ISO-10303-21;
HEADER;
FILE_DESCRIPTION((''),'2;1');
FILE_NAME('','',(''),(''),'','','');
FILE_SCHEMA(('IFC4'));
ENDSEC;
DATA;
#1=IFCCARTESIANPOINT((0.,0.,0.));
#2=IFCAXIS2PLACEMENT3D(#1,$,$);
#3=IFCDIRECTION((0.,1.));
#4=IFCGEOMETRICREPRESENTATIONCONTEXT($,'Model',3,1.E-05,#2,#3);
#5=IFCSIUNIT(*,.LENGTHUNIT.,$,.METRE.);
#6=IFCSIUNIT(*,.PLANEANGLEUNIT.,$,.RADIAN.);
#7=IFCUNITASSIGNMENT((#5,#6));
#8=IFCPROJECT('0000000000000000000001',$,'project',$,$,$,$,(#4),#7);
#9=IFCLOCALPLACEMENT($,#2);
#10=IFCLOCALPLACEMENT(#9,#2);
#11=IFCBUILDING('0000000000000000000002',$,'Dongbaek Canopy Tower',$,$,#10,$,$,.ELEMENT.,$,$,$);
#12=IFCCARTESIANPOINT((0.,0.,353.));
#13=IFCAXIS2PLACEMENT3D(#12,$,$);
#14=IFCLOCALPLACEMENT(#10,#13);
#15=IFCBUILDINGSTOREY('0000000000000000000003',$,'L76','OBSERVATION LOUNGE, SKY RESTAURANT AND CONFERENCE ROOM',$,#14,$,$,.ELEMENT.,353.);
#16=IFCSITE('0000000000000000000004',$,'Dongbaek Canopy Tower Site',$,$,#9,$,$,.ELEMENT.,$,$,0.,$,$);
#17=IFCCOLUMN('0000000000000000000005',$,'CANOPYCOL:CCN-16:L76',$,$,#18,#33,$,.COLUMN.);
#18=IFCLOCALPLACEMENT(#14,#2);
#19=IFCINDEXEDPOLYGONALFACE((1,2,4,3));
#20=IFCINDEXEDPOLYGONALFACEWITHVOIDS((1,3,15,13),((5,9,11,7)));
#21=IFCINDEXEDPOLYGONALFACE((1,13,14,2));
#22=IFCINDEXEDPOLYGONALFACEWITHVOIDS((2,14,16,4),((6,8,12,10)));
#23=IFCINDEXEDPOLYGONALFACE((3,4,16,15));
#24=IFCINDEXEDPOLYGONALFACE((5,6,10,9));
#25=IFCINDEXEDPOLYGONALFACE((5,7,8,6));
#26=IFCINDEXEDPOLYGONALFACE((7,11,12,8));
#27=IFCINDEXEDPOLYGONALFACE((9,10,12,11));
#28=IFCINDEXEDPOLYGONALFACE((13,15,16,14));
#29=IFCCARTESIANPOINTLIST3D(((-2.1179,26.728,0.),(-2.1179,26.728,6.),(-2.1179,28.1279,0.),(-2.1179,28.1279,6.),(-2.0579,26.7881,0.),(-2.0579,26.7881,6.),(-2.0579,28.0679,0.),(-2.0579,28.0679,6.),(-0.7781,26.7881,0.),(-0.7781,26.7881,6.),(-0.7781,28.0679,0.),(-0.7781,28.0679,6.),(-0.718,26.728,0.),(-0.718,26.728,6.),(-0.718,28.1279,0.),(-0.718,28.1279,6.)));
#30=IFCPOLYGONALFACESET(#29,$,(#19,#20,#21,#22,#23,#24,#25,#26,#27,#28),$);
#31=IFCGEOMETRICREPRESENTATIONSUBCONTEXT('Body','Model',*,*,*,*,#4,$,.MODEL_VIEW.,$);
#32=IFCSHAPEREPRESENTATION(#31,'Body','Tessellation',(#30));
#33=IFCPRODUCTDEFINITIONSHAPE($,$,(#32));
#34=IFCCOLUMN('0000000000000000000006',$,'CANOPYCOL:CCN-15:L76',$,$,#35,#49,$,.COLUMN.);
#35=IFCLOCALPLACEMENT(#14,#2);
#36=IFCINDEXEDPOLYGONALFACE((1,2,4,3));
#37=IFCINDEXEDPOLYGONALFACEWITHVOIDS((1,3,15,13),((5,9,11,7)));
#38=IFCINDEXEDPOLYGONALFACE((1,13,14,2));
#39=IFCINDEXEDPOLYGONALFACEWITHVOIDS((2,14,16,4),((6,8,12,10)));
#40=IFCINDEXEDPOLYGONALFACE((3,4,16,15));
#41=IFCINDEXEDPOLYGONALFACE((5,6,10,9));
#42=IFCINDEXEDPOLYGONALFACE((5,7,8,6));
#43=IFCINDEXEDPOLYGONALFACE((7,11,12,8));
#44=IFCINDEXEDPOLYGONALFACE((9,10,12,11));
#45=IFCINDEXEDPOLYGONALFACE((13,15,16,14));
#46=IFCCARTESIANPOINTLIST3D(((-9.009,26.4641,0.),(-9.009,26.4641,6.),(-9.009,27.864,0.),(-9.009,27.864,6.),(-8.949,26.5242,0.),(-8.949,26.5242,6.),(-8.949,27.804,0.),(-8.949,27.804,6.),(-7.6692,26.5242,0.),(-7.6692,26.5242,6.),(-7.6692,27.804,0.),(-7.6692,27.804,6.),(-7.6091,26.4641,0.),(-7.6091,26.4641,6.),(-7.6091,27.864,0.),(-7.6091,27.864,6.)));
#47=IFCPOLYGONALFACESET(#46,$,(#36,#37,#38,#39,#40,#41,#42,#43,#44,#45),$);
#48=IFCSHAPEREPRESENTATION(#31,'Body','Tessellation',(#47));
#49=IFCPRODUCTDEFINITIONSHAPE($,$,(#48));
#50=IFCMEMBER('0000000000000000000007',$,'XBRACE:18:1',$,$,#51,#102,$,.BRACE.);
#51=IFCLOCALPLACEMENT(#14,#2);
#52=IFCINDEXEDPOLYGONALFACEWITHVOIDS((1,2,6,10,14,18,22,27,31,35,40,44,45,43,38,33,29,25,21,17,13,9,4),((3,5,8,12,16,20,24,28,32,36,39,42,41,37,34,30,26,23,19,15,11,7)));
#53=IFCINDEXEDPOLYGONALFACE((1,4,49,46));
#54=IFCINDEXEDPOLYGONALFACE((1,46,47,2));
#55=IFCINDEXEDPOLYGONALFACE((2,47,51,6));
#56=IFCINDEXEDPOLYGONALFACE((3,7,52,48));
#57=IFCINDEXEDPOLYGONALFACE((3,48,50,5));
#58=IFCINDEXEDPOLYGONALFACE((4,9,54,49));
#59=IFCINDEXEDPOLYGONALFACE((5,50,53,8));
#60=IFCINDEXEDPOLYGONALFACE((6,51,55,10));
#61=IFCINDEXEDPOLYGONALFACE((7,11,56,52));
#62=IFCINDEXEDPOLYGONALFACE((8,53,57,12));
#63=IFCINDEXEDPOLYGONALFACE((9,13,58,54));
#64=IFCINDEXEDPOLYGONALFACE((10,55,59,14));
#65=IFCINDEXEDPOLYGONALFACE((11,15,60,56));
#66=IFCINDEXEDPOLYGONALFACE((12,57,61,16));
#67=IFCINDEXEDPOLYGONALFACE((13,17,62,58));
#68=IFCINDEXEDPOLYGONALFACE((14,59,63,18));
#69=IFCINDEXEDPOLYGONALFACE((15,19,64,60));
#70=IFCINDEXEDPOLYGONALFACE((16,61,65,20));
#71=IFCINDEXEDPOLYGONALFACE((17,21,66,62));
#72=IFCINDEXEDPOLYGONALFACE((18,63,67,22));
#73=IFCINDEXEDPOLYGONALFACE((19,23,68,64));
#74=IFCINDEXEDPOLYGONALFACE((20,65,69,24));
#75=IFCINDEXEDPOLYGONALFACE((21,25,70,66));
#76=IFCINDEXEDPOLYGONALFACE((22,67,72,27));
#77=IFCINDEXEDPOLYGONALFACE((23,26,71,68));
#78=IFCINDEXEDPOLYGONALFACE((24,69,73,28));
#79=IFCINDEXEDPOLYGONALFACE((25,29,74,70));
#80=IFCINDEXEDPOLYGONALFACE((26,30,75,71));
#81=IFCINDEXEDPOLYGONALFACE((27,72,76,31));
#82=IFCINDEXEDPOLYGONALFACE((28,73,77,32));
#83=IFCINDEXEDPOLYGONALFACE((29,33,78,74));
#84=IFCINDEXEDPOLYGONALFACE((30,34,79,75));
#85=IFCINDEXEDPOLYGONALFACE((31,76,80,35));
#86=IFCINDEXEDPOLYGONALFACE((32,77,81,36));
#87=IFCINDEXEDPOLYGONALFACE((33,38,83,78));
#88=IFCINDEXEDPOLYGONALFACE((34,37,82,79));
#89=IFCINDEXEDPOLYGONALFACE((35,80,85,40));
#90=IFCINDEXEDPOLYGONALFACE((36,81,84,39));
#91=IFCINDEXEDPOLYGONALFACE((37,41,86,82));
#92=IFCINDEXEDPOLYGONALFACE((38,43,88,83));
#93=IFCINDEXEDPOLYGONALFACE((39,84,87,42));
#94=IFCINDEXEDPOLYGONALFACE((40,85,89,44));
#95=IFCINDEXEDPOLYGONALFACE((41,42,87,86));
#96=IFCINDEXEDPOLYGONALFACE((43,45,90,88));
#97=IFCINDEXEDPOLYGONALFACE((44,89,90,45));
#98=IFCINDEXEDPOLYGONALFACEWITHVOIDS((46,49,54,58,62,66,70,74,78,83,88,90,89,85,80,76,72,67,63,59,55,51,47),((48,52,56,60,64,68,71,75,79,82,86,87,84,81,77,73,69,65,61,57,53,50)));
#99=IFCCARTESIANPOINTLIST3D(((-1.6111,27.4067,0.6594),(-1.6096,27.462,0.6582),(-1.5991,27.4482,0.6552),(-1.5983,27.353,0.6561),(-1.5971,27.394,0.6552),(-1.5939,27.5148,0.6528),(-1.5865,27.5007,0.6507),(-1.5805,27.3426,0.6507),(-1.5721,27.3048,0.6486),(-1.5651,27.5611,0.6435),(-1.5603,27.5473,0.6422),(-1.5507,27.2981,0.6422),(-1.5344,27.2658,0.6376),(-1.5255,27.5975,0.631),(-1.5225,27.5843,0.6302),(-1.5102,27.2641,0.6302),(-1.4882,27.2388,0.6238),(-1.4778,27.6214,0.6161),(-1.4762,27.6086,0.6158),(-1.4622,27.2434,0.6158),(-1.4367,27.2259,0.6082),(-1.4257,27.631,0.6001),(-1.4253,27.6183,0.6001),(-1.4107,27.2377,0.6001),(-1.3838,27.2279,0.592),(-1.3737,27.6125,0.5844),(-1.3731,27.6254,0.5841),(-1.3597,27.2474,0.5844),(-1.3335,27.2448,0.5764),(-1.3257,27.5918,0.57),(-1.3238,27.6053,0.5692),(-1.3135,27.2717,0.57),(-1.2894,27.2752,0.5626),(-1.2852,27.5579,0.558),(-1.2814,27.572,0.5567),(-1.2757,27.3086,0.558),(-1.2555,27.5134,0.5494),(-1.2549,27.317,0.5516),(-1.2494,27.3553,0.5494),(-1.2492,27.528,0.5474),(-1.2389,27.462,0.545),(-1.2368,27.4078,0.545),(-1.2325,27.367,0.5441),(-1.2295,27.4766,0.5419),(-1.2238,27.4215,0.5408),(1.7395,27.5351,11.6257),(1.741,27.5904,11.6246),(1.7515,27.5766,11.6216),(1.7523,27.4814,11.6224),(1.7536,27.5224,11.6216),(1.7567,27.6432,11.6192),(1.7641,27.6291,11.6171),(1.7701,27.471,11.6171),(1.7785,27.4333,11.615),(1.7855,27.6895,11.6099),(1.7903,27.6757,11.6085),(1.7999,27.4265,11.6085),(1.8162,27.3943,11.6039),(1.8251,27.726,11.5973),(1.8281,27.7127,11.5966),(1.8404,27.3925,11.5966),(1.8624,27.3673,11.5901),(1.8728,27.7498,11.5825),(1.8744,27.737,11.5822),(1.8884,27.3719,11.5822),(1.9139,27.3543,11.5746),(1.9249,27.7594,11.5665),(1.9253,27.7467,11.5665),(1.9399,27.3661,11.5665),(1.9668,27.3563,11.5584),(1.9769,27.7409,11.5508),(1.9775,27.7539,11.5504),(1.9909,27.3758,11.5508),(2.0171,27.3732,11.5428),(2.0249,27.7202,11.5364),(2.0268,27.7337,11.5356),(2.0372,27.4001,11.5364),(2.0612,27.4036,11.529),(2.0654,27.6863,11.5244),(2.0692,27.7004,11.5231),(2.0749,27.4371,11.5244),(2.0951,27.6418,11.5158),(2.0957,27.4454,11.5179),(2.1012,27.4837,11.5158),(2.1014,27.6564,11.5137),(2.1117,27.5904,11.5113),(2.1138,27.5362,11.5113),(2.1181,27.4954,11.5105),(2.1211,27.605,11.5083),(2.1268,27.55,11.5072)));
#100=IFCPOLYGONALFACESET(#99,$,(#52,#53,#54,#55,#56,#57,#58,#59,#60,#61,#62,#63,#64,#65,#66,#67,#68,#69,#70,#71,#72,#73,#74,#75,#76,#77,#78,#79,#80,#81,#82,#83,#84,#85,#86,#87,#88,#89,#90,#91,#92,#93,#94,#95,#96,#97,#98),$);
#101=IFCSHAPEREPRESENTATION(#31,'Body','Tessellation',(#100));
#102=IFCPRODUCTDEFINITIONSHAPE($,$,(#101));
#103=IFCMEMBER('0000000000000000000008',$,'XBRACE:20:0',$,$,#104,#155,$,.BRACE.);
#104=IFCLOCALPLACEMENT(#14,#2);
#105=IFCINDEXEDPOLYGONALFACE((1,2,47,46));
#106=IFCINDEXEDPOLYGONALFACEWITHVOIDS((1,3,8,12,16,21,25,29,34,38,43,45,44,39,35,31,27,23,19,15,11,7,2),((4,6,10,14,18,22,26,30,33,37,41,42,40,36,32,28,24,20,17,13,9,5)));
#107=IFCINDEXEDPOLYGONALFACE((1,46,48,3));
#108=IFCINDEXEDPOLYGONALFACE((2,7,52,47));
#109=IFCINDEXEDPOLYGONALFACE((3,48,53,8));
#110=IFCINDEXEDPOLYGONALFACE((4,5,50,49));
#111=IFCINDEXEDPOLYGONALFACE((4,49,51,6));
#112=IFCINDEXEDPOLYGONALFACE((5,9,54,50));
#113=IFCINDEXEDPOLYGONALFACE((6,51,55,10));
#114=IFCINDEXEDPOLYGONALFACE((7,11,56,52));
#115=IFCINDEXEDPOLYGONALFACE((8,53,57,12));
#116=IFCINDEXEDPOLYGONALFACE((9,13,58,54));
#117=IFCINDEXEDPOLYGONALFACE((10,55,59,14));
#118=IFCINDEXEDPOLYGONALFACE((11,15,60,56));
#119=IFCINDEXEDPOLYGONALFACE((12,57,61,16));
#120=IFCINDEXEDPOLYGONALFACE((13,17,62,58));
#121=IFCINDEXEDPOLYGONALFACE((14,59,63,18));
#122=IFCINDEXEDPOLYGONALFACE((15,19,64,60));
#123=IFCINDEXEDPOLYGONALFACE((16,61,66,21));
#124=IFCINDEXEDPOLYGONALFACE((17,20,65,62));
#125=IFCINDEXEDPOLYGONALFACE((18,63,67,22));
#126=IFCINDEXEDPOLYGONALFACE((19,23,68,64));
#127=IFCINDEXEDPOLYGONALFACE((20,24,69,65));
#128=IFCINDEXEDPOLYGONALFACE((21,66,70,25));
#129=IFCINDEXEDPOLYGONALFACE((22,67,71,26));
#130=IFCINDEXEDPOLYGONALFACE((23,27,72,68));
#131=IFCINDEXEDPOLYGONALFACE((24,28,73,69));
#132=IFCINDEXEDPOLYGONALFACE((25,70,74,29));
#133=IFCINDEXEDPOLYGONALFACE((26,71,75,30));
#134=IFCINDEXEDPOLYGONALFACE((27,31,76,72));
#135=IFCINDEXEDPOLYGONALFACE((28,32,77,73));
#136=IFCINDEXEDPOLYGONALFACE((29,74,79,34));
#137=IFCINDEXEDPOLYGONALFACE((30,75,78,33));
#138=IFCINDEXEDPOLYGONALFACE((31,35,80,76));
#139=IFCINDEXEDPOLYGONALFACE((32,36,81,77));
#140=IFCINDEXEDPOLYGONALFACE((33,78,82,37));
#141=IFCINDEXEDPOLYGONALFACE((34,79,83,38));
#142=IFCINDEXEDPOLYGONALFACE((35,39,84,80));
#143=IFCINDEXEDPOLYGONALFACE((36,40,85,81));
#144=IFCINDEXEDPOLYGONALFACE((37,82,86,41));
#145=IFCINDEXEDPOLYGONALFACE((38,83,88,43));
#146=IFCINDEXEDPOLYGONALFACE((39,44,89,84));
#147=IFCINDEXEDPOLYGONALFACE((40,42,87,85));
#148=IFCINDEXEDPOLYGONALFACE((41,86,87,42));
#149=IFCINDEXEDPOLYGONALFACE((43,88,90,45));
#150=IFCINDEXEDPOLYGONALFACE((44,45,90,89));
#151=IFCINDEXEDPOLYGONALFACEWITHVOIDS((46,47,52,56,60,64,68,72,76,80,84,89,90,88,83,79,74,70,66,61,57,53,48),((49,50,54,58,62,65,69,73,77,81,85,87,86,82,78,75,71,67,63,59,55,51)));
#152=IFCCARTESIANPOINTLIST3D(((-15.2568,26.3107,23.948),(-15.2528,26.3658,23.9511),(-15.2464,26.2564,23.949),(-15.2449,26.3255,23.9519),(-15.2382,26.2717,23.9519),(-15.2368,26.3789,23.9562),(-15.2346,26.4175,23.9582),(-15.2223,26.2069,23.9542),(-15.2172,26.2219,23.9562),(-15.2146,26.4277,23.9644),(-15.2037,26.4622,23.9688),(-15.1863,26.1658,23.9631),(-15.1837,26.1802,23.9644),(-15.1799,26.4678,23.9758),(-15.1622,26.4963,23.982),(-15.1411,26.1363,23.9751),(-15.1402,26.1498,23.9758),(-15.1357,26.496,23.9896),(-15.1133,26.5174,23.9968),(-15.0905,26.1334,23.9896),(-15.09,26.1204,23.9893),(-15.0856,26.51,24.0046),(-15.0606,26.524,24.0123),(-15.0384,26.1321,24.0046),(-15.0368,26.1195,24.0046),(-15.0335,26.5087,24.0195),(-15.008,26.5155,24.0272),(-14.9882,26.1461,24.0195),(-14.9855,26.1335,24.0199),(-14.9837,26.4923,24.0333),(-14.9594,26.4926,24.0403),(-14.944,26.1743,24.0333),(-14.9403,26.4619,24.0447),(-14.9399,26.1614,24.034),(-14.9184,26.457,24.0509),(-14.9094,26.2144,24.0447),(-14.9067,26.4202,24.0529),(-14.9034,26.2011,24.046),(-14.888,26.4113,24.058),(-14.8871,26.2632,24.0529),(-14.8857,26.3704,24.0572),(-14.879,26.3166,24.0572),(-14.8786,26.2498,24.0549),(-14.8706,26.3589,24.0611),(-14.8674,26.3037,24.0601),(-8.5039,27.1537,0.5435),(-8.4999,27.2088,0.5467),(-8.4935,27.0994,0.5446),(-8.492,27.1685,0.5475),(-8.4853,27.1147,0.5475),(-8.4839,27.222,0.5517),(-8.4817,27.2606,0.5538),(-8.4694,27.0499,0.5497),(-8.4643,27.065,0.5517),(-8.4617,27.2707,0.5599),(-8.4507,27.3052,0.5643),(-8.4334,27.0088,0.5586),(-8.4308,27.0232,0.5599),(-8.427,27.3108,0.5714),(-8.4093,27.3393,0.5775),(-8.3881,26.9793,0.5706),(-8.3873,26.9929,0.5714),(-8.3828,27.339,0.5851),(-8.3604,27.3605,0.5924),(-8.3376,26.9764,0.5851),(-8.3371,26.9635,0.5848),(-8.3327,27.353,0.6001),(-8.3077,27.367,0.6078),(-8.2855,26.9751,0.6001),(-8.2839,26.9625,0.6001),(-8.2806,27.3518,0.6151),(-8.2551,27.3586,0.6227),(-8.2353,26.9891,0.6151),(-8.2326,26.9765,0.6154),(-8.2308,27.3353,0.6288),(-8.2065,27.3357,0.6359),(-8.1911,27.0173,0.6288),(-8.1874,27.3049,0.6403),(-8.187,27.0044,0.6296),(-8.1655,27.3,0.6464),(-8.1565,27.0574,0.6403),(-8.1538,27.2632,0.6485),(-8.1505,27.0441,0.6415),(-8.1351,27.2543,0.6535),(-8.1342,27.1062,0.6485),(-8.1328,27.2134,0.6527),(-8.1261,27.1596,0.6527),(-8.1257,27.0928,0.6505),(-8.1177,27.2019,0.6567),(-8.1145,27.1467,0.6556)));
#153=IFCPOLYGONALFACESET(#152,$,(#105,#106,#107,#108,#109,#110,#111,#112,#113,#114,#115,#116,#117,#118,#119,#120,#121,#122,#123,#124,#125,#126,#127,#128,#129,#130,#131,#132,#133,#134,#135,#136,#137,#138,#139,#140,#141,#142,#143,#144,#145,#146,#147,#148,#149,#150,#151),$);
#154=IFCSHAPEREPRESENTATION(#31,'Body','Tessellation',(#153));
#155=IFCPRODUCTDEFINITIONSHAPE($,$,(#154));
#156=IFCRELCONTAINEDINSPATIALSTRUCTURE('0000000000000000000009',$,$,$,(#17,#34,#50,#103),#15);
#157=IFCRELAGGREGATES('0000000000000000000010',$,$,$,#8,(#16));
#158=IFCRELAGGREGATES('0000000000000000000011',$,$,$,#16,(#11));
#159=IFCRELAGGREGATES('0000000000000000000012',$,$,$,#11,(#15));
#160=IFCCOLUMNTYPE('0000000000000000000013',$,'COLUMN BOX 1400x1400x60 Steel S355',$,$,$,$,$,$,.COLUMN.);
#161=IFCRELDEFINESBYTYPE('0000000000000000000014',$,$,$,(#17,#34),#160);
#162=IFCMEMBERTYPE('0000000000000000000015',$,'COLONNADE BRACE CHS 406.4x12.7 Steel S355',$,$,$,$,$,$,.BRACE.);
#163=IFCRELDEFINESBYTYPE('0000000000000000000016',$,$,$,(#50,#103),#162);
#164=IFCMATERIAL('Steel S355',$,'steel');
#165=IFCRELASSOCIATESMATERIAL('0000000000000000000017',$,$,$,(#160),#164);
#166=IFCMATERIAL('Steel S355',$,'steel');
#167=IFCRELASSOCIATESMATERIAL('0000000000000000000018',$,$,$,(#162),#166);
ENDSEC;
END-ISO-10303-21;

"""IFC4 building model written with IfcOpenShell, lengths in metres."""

from ifc_helpers import new_model, si_unit, direction, frame, origin, origin_2d, place, context, subcontext, project, spatial, hollow_rectangle, hollow_circle, extrude, material, material_profile, profile_set, type_object, element, save


model = new_model("IFC4")

# Units and contexts
model_context = context("Model", 3, precision=1e-05, world=origin(), true_north=direction((0.0, 1.0)))
body_context = subcontext(model_context, "Body", "Model", "MODEL_VIEW")
ifc_project = project(units=[si_unit("LENGTHUNIT", "METRE"), si_unit("PLANEANGLEUNIT", "RADIAN")], contexts=[model_context])

# Site, building, storey
site_placement = place(None, origin())
site = spatial("IfcSite", under=ifc_project, at=site_placement, Name="Dongbaek Canopy Tower Site", CompositionType="ELEMENT", RefElevation=0.0)
building_placement = place(site_placement, origin())
building = spatial("IfcBuilding", under=site, at=building_placement, Name="Dongbaek Canopy Tower", CompositionType="ELEMENT")
storey_placement = place(building_placement, frame((0.0, 0.0, 353.0)))
storey = spatial("IfcBuildingStorey", under=building, at=storey_placement, Name="L76", Description="OBSERVATION LOUNGE, SKY RESTAURANT AND CONFERENCE ROOM", CompositionType="ELEMENT", Elevation=353.0)

# Columns
ifc_material_1 = material(Name="Steel S355", Category="steel")
ifc_material_profile_1 = material_profile(ifc_material_1, hollow_rectangle(XDim=1.3999, YDim=1.3999, WallThickness=0.0601, at=origin_2d()), Name="COLUMN BOX 1400x1400x60 Steel S355")
ifc_profile_set_1 = profile_set([ifc_material_profile_1], Name="Steel S355")
column_type = type_object("IfcColumnType", Name="COLUMN BOX 1400x1400x60 Steel S355", PredefinedType="COLUMN", material=ifc_profile_set_1)
for number, where, z_axis, x_axis, name in (
    (1, (-1.418, 27.428, 0.0), (0.0, 0.0, 1.0), (1.0, 0.0, 0.0), "CANOPYCOL:CCN-16:L76"),
    (2, (-8.3091, 27.1641, 0.0), (0.0, 0.0, 1.0), (1.0, 0.0, 0.0), "CANOPYCOL:CCN-15:L76"),
):
    element("IfcColumn", number, at=place(storey_placement, frame(where, z_axis=z_axis, x_axis=x_axis)), inside=storey, type_object=column_type, Name=name, PredefinedType="COLUMN", context=body_context, shape_type="SweptSolid", body=[
        extrude(hollow_rectangle(XDim=1.3999, YDim=1.3999, WallThickness=0.0601, at=origin_2d()), origin(), (0.0, 0.0, 1.0), 6.0),
    ])

# Members
ifc_material_2 = material(Name="Steel S355", Category="steel")
ifc_material_profile_2 = material_profile(ifc_material_2, hollow_circle(Radius=0.2031, WallThickness=0.0127, at=origin_2d()), Name="COLONNADE BRACE CHS 406.4x12.7 Steel S355")
ifc_profile_set_2 = profile_set([ifc_material_profile_2], Name="Steel S355")
member_type_1 = type_object("IfcMemberType", Name="COLONNADE BRACE CHS 406.4x12.7 Steel S355", PredefinedType="BRACE", material=ifc_profile_set_2)
member_1_placement = place(storey_placement, frame((-1.418, 27.428, 0.6001), z_axis=(0.292182, 0.011198, 0.956297), x_axis=(-0.038299, 0.999266, 0.0)))
element("IfcMember", 3, at=member_1_placement, inside=storey, type_object=member_type_1, Name="XBRACE:18:1", PredefinedType="BRACE", context=body_context, shape_type="SweptSolid", body=[
    extrude(hollow_circle(Radius=0.2031, WallThickness=0.0127, at=origin_2d()), origin(), (0.0, 0.0, 1.0), 11.4675),
])
member_2_placement = place(storey_placement, frame((-8.3091, 27.1641, 0.6001), z_axis=(-0.277056, -0.034587, 0.960231), x_axis=(0.123876, -0.992298, 0.0)))
element("IfcMember", 4, at=member_2_placement, inside=storey, type_object=member_type_1, Name="XBRACE:20:0", PredefinedType="BRACE", context=body_context, shape_type="SweptSolid", body=[
    extrude(hollow_circle(Radius=0.2031, WallThickness=0.0127, at=origin_2d()), origin(), (0.0, 0.0, 1.0), 24.3738),
])

save(model, "model.ifc")
